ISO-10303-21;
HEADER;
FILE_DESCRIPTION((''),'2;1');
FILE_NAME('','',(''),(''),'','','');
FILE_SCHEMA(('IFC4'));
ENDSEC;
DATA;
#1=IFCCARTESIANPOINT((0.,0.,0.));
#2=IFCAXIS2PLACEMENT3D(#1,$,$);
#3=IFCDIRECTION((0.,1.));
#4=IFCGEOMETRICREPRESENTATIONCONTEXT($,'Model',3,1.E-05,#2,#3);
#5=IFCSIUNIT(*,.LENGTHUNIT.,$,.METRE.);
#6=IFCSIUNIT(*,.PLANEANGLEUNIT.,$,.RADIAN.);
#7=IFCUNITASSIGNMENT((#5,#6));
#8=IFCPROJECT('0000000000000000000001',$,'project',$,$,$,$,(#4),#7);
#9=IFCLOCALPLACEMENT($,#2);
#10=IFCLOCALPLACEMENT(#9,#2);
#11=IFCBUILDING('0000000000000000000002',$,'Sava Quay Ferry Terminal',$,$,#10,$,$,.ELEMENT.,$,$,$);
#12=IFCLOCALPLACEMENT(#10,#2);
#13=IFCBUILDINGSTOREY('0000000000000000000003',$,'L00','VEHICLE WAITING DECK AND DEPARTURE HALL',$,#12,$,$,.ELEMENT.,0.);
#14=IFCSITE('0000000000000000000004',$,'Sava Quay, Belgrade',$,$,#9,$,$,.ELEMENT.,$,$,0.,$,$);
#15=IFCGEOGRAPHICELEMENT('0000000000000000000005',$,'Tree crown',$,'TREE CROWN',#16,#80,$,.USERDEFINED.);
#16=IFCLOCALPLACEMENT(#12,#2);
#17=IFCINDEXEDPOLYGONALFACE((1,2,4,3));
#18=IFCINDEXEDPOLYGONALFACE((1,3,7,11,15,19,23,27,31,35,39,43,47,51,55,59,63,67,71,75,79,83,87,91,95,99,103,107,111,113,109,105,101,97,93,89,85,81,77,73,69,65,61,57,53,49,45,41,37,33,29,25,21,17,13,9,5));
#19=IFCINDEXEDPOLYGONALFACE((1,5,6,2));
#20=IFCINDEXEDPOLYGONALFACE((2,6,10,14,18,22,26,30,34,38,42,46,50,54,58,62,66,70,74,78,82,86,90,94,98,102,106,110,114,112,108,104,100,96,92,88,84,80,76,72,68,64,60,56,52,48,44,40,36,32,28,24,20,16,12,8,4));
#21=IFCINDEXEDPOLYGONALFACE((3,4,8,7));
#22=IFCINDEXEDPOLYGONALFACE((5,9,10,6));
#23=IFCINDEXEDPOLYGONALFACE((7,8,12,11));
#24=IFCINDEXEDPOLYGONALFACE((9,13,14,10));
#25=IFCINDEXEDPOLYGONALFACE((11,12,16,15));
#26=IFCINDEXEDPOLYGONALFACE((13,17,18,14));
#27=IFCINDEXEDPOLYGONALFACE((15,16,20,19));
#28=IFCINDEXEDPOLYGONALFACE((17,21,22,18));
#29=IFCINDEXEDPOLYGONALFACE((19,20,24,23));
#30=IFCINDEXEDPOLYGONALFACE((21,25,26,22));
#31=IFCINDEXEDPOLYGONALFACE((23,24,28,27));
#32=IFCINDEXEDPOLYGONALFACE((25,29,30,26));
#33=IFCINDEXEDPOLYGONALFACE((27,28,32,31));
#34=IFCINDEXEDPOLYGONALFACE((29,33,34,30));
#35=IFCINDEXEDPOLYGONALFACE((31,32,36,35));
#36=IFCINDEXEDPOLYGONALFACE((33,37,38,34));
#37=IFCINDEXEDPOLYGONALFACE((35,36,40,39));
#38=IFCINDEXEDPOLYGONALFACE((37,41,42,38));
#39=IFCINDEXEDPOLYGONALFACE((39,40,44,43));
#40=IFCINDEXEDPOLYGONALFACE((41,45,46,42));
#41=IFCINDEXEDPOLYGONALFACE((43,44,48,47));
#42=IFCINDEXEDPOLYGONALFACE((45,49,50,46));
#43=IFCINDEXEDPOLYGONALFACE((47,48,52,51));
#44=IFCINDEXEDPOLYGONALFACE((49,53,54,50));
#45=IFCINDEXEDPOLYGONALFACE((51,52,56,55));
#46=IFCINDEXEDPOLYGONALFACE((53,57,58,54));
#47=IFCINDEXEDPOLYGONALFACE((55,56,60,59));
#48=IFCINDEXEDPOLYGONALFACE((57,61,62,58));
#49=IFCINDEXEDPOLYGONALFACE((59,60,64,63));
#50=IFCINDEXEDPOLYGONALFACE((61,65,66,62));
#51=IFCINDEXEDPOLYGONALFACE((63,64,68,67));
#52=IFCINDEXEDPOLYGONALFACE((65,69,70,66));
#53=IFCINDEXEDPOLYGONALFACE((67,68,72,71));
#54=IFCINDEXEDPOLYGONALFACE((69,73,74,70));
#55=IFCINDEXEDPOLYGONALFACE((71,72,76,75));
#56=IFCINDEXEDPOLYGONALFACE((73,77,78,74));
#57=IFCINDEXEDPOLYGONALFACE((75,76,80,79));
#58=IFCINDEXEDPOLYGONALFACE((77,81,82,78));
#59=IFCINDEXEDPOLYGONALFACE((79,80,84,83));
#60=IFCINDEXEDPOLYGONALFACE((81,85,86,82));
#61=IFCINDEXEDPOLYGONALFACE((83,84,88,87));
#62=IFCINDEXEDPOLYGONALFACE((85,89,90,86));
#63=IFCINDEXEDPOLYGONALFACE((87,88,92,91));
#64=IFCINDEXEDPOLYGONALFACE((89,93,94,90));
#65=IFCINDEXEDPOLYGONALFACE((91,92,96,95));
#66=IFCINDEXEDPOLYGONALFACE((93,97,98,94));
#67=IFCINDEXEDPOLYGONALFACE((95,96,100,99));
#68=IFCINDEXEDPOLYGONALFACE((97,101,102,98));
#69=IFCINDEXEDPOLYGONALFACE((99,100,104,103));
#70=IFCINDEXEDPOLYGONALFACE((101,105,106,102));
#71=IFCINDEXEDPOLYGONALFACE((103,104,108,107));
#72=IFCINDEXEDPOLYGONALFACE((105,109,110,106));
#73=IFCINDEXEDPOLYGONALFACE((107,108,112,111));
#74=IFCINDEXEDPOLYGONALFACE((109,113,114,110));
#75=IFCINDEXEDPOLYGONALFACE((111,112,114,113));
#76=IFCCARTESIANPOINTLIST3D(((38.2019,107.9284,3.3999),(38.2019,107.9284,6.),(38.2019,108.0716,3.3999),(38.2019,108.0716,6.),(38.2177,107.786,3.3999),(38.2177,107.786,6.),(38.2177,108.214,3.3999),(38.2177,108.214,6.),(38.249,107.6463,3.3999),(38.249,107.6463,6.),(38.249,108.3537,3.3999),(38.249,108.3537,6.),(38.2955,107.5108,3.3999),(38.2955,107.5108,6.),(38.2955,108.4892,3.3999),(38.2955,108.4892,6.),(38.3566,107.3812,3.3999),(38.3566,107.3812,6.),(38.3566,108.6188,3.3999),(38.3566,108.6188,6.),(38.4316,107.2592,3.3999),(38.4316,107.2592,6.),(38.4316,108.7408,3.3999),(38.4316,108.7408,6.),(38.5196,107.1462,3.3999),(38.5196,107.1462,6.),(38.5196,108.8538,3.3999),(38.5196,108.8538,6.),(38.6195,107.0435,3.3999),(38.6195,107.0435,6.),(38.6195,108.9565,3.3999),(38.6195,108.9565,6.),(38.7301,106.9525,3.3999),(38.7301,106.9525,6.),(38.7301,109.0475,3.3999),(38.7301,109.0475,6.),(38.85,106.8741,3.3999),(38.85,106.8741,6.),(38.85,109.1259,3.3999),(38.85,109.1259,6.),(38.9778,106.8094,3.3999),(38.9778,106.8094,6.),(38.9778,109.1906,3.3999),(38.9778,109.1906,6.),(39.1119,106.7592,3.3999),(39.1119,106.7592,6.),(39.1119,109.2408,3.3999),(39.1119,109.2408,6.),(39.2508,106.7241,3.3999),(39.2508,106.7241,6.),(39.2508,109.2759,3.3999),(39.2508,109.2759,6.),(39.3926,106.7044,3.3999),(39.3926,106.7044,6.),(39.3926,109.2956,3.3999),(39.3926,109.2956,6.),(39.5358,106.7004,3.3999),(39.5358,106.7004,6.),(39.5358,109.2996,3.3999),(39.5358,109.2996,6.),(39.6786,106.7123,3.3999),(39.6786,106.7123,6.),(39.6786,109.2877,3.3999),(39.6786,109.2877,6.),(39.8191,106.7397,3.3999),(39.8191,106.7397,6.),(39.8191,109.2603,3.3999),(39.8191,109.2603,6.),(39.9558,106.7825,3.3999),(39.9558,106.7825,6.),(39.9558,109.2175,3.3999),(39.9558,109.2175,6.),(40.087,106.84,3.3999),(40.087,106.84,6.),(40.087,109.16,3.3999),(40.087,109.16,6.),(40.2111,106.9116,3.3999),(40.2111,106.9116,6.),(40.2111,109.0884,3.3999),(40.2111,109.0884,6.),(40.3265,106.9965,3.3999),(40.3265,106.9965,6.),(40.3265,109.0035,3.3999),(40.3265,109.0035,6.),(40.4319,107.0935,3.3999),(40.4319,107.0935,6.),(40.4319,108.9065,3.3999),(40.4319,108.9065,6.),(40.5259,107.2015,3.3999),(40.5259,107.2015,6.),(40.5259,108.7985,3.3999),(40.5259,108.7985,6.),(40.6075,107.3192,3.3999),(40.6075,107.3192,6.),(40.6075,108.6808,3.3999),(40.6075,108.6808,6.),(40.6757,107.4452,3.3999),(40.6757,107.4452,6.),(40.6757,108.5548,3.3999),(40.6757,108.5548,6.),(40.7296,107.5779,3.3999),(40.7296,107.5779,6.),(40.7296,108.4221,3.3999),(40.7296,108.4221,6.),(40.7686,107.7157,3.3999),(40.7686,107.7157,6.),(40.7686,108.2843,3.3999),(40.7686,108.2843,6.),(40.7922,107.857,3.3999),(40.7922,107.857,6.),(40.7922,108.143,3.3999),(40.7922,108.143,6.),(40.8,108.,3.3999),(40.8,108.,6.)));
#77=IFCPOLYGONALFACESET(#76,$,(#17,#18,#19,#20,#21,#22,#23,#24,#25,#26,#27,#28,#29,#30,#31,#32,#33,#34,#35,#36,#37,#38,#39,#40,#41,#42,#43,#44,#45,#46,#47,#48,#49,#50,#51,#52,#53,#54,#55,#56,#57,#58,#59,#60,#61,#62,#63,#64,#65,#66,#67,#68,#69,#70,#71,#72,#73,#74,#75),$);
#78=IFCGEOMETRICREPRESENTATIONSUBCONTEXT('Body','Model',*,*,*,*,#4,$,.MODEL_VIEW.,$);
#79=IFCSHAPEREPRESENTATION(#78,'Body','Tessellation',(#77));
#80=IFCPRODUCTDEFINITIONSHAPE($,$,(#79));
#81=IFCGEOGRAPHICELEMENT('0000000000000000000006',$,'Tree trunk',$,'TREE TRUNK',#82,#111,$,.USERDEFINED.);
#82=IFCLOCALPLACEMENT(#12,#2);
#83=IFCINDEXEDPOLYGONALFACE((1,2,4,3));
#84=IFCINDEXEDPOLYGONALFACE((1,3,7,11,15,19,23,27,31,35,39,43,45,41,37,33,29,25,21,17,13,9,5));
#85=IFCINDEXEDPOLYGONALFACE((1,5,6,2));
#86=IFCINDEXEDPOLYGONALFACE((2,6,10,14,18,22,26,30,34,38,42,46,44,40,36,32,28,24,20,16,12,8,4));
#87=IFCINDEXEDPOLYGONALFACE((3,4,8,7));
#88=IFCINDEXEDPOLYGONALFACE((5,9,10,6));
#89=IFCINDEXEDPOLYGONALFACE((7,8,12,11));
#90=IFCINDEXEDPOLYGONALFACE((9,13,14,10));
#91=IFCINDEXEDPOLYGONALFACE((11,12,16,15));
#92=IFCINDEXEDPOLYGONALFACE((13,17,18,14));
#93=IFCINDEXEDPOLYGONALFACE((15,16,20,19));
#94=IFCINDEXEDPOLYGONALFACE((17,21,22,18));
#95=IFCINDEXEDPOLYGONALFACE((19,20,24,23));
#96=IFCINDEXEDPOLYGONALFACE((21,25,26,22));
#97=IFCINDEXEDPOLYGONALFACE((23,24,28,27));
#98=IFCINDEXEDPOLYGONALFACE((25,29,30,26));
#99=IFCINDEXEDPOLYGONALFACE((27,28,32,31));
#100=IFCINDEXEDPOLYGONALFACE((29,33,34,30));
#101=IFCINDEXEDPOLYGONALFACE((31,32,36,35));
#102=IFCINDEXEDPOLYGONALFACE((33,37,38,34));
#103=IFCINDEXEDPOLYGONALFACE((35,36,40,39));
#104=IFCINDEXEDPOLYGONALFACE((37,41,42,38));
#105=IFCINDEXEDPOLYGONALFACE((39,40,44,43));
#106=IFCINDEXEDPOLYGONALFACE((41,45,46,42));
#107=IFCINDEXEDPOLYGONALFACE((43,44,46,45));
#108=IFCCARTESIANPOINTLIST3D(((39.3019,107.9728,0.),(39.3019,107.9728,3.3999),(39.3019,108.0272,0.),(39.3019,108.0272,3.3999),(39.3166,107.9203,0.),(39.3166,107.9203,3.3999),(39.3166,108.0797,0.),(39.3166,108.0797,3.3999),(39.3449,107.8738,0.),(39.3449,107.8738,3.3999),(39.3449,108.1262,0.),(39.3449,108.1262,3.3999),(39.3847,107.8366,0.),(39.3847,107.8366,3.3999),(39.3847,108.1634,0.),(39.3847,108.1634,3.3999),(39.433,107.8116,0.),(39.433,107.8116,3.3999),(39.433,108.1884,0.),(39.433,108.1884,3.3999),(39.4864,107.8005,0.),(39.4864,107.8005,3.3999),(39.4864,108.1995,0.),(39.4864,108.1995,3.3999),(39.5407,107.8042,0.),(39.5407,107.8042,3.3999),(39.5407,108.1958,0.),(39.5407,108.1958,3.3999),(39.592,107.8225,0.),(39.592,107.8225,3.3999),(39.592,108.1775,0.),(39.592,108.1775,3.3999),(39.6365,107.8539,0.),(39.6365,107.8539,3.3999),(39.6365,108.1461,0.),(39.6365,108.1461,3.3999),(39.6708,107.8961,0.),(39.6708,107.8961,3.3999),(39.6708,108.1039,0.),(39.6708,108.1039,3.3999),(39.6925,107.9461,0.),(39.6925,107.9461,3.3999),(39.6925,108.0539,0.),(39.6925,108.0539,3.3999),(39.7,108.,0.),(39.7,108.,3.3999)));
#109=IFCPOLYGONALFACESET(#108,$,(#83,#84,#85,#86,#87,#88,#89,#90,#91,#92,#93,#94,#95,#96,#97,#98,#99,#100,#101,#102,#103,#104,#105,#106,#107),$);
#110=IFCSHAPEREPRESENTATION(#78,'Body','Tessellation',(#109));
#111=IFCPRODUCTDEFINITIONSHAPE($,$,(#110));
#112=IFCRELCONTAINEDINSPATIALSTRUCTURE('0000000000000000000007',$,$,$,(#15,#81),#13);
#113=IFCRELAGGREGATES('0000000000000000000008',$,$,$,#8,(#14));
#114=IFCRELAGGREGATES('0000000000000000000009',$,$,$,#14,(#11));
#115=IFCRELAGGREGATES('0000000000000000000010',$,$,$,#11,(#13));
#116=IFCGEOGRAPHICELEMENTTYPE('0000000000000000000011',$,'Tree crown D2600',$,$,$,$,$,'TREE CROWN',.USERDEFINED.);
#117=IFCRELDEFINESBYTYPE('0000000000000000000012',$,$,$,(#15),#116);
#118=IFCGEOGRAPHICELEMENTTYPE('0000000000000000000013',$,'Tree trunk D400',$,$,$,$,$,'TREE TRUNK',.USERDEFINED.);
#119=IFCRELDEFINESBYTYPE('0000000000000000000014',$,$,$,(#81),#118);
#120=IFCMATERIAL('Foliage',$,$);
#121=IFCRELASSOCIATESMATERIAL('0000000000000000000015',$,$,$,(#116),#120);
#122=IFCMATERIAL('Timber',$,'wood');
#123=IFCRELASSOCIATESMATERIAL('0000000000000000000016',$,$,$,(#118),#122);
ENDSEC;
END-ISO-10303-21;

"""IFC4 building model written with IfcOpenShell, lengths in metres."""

from ifc_helpers import new_model, si_unit, direction, frame, origin, origin_2d, place, context, subcontext, project, spatial, circle, extrude, material, type_object, element, save


model = new_model("IFC4")

# Units and contexts
model_context = context("Model", 3, precision=1e-05, world=origin(), true_north=direction((0.0, 1.0)))
body_context = subcontext(model_context, "Body", "Model", "MODEL_VIEW")
ifc_project = project(units=[si_unit("LENGTHUNIT", "METRE"), si_unit("PLANEANGLEUNIT", "RADIAN")], contexts=[model_context])

# Site, building, storey
site_placement = place(None, origin())
site = spatial("IfcSite", under=ifc_project, at=site_placement, Name="Sava Quay, Belgrade", CompositionType="ELEMENT", RefElevation=0.0)
building_placement = place(site_placement, origin())
building = spatial("IfcBuilding", under=site, at=building_placement, Name="Sava Quay Ferry Terminal", CompositionType="ELEMENT")
storey_placement = place(building_placement, origin())
storey = spatial("IfcBuildingStorey", under=building, at=storey_placement, Name="L00", Description="VEHICLE WAITING DECK AND DEPARTURE HALL", CompositionType="ELEMENT", Elevation=0.0)

# Geographic elements
ifc_material_1 = material(Name="Foliage")
geographic_element_type_1 = type_object("IfcGeographicElementType", Name="Tree crown D2600", ElementType="TREE CROWN", PredefinedType="USERDEFINED", material=ifc_material_1)
geographic_element_1_placement = place(storey_placement, frame((39.5, 108.0, 6.0), z_axis=(0.0, 0.0, -1.0), x_axis=(1.0, 0.0, 0.0)))
element("IfcGeographicElement", 1, at=geographic_element_1_placement, inside=storey, type_object=geographic_element_type_1, Name="Tree crown", ObjectType="TREE CROWN", PredefinedType="USERDEFINED", context=body_context, shape_type="SweptSolid", body=[
    extrude(circle(Radius=1.3, at=origin_2d()), origin(), (0.0, 0.0, 1.0), 2.6001),
])
ifc_material_2 = material(Name="Timber", Category="wood")
geographic_element_type_2 = type_object("IfcGeographicElementType", Name="Tree trunk D400", ElementType="TREE TRUNK", PredefinedType="USERDEFINED", material=ifc_material_2)
geographic_element_2_placement = place(storey_placement, frame((39.5, 108.0, 3.3999), z_axis=(0.0, 0.0, -1.0), x_axis=(1.0, 0.0, 0.0)))
element("IfcGeographicElement", 2, at=geographic_element_2_placement, inside=storey, type_object=geographic_element_type_2, Name="Tree trunk", ObjectType="TREE TRUNK", PredefinedType="USERDEFINED", context=body_context, shape_type="SweptSolid", body=[
    extrude(circle(Radius=0.2, at=origin_2d()), origin(), (0.0, 0.0, 1.0), 3.3999),
])

save(model, "model.ifc")
